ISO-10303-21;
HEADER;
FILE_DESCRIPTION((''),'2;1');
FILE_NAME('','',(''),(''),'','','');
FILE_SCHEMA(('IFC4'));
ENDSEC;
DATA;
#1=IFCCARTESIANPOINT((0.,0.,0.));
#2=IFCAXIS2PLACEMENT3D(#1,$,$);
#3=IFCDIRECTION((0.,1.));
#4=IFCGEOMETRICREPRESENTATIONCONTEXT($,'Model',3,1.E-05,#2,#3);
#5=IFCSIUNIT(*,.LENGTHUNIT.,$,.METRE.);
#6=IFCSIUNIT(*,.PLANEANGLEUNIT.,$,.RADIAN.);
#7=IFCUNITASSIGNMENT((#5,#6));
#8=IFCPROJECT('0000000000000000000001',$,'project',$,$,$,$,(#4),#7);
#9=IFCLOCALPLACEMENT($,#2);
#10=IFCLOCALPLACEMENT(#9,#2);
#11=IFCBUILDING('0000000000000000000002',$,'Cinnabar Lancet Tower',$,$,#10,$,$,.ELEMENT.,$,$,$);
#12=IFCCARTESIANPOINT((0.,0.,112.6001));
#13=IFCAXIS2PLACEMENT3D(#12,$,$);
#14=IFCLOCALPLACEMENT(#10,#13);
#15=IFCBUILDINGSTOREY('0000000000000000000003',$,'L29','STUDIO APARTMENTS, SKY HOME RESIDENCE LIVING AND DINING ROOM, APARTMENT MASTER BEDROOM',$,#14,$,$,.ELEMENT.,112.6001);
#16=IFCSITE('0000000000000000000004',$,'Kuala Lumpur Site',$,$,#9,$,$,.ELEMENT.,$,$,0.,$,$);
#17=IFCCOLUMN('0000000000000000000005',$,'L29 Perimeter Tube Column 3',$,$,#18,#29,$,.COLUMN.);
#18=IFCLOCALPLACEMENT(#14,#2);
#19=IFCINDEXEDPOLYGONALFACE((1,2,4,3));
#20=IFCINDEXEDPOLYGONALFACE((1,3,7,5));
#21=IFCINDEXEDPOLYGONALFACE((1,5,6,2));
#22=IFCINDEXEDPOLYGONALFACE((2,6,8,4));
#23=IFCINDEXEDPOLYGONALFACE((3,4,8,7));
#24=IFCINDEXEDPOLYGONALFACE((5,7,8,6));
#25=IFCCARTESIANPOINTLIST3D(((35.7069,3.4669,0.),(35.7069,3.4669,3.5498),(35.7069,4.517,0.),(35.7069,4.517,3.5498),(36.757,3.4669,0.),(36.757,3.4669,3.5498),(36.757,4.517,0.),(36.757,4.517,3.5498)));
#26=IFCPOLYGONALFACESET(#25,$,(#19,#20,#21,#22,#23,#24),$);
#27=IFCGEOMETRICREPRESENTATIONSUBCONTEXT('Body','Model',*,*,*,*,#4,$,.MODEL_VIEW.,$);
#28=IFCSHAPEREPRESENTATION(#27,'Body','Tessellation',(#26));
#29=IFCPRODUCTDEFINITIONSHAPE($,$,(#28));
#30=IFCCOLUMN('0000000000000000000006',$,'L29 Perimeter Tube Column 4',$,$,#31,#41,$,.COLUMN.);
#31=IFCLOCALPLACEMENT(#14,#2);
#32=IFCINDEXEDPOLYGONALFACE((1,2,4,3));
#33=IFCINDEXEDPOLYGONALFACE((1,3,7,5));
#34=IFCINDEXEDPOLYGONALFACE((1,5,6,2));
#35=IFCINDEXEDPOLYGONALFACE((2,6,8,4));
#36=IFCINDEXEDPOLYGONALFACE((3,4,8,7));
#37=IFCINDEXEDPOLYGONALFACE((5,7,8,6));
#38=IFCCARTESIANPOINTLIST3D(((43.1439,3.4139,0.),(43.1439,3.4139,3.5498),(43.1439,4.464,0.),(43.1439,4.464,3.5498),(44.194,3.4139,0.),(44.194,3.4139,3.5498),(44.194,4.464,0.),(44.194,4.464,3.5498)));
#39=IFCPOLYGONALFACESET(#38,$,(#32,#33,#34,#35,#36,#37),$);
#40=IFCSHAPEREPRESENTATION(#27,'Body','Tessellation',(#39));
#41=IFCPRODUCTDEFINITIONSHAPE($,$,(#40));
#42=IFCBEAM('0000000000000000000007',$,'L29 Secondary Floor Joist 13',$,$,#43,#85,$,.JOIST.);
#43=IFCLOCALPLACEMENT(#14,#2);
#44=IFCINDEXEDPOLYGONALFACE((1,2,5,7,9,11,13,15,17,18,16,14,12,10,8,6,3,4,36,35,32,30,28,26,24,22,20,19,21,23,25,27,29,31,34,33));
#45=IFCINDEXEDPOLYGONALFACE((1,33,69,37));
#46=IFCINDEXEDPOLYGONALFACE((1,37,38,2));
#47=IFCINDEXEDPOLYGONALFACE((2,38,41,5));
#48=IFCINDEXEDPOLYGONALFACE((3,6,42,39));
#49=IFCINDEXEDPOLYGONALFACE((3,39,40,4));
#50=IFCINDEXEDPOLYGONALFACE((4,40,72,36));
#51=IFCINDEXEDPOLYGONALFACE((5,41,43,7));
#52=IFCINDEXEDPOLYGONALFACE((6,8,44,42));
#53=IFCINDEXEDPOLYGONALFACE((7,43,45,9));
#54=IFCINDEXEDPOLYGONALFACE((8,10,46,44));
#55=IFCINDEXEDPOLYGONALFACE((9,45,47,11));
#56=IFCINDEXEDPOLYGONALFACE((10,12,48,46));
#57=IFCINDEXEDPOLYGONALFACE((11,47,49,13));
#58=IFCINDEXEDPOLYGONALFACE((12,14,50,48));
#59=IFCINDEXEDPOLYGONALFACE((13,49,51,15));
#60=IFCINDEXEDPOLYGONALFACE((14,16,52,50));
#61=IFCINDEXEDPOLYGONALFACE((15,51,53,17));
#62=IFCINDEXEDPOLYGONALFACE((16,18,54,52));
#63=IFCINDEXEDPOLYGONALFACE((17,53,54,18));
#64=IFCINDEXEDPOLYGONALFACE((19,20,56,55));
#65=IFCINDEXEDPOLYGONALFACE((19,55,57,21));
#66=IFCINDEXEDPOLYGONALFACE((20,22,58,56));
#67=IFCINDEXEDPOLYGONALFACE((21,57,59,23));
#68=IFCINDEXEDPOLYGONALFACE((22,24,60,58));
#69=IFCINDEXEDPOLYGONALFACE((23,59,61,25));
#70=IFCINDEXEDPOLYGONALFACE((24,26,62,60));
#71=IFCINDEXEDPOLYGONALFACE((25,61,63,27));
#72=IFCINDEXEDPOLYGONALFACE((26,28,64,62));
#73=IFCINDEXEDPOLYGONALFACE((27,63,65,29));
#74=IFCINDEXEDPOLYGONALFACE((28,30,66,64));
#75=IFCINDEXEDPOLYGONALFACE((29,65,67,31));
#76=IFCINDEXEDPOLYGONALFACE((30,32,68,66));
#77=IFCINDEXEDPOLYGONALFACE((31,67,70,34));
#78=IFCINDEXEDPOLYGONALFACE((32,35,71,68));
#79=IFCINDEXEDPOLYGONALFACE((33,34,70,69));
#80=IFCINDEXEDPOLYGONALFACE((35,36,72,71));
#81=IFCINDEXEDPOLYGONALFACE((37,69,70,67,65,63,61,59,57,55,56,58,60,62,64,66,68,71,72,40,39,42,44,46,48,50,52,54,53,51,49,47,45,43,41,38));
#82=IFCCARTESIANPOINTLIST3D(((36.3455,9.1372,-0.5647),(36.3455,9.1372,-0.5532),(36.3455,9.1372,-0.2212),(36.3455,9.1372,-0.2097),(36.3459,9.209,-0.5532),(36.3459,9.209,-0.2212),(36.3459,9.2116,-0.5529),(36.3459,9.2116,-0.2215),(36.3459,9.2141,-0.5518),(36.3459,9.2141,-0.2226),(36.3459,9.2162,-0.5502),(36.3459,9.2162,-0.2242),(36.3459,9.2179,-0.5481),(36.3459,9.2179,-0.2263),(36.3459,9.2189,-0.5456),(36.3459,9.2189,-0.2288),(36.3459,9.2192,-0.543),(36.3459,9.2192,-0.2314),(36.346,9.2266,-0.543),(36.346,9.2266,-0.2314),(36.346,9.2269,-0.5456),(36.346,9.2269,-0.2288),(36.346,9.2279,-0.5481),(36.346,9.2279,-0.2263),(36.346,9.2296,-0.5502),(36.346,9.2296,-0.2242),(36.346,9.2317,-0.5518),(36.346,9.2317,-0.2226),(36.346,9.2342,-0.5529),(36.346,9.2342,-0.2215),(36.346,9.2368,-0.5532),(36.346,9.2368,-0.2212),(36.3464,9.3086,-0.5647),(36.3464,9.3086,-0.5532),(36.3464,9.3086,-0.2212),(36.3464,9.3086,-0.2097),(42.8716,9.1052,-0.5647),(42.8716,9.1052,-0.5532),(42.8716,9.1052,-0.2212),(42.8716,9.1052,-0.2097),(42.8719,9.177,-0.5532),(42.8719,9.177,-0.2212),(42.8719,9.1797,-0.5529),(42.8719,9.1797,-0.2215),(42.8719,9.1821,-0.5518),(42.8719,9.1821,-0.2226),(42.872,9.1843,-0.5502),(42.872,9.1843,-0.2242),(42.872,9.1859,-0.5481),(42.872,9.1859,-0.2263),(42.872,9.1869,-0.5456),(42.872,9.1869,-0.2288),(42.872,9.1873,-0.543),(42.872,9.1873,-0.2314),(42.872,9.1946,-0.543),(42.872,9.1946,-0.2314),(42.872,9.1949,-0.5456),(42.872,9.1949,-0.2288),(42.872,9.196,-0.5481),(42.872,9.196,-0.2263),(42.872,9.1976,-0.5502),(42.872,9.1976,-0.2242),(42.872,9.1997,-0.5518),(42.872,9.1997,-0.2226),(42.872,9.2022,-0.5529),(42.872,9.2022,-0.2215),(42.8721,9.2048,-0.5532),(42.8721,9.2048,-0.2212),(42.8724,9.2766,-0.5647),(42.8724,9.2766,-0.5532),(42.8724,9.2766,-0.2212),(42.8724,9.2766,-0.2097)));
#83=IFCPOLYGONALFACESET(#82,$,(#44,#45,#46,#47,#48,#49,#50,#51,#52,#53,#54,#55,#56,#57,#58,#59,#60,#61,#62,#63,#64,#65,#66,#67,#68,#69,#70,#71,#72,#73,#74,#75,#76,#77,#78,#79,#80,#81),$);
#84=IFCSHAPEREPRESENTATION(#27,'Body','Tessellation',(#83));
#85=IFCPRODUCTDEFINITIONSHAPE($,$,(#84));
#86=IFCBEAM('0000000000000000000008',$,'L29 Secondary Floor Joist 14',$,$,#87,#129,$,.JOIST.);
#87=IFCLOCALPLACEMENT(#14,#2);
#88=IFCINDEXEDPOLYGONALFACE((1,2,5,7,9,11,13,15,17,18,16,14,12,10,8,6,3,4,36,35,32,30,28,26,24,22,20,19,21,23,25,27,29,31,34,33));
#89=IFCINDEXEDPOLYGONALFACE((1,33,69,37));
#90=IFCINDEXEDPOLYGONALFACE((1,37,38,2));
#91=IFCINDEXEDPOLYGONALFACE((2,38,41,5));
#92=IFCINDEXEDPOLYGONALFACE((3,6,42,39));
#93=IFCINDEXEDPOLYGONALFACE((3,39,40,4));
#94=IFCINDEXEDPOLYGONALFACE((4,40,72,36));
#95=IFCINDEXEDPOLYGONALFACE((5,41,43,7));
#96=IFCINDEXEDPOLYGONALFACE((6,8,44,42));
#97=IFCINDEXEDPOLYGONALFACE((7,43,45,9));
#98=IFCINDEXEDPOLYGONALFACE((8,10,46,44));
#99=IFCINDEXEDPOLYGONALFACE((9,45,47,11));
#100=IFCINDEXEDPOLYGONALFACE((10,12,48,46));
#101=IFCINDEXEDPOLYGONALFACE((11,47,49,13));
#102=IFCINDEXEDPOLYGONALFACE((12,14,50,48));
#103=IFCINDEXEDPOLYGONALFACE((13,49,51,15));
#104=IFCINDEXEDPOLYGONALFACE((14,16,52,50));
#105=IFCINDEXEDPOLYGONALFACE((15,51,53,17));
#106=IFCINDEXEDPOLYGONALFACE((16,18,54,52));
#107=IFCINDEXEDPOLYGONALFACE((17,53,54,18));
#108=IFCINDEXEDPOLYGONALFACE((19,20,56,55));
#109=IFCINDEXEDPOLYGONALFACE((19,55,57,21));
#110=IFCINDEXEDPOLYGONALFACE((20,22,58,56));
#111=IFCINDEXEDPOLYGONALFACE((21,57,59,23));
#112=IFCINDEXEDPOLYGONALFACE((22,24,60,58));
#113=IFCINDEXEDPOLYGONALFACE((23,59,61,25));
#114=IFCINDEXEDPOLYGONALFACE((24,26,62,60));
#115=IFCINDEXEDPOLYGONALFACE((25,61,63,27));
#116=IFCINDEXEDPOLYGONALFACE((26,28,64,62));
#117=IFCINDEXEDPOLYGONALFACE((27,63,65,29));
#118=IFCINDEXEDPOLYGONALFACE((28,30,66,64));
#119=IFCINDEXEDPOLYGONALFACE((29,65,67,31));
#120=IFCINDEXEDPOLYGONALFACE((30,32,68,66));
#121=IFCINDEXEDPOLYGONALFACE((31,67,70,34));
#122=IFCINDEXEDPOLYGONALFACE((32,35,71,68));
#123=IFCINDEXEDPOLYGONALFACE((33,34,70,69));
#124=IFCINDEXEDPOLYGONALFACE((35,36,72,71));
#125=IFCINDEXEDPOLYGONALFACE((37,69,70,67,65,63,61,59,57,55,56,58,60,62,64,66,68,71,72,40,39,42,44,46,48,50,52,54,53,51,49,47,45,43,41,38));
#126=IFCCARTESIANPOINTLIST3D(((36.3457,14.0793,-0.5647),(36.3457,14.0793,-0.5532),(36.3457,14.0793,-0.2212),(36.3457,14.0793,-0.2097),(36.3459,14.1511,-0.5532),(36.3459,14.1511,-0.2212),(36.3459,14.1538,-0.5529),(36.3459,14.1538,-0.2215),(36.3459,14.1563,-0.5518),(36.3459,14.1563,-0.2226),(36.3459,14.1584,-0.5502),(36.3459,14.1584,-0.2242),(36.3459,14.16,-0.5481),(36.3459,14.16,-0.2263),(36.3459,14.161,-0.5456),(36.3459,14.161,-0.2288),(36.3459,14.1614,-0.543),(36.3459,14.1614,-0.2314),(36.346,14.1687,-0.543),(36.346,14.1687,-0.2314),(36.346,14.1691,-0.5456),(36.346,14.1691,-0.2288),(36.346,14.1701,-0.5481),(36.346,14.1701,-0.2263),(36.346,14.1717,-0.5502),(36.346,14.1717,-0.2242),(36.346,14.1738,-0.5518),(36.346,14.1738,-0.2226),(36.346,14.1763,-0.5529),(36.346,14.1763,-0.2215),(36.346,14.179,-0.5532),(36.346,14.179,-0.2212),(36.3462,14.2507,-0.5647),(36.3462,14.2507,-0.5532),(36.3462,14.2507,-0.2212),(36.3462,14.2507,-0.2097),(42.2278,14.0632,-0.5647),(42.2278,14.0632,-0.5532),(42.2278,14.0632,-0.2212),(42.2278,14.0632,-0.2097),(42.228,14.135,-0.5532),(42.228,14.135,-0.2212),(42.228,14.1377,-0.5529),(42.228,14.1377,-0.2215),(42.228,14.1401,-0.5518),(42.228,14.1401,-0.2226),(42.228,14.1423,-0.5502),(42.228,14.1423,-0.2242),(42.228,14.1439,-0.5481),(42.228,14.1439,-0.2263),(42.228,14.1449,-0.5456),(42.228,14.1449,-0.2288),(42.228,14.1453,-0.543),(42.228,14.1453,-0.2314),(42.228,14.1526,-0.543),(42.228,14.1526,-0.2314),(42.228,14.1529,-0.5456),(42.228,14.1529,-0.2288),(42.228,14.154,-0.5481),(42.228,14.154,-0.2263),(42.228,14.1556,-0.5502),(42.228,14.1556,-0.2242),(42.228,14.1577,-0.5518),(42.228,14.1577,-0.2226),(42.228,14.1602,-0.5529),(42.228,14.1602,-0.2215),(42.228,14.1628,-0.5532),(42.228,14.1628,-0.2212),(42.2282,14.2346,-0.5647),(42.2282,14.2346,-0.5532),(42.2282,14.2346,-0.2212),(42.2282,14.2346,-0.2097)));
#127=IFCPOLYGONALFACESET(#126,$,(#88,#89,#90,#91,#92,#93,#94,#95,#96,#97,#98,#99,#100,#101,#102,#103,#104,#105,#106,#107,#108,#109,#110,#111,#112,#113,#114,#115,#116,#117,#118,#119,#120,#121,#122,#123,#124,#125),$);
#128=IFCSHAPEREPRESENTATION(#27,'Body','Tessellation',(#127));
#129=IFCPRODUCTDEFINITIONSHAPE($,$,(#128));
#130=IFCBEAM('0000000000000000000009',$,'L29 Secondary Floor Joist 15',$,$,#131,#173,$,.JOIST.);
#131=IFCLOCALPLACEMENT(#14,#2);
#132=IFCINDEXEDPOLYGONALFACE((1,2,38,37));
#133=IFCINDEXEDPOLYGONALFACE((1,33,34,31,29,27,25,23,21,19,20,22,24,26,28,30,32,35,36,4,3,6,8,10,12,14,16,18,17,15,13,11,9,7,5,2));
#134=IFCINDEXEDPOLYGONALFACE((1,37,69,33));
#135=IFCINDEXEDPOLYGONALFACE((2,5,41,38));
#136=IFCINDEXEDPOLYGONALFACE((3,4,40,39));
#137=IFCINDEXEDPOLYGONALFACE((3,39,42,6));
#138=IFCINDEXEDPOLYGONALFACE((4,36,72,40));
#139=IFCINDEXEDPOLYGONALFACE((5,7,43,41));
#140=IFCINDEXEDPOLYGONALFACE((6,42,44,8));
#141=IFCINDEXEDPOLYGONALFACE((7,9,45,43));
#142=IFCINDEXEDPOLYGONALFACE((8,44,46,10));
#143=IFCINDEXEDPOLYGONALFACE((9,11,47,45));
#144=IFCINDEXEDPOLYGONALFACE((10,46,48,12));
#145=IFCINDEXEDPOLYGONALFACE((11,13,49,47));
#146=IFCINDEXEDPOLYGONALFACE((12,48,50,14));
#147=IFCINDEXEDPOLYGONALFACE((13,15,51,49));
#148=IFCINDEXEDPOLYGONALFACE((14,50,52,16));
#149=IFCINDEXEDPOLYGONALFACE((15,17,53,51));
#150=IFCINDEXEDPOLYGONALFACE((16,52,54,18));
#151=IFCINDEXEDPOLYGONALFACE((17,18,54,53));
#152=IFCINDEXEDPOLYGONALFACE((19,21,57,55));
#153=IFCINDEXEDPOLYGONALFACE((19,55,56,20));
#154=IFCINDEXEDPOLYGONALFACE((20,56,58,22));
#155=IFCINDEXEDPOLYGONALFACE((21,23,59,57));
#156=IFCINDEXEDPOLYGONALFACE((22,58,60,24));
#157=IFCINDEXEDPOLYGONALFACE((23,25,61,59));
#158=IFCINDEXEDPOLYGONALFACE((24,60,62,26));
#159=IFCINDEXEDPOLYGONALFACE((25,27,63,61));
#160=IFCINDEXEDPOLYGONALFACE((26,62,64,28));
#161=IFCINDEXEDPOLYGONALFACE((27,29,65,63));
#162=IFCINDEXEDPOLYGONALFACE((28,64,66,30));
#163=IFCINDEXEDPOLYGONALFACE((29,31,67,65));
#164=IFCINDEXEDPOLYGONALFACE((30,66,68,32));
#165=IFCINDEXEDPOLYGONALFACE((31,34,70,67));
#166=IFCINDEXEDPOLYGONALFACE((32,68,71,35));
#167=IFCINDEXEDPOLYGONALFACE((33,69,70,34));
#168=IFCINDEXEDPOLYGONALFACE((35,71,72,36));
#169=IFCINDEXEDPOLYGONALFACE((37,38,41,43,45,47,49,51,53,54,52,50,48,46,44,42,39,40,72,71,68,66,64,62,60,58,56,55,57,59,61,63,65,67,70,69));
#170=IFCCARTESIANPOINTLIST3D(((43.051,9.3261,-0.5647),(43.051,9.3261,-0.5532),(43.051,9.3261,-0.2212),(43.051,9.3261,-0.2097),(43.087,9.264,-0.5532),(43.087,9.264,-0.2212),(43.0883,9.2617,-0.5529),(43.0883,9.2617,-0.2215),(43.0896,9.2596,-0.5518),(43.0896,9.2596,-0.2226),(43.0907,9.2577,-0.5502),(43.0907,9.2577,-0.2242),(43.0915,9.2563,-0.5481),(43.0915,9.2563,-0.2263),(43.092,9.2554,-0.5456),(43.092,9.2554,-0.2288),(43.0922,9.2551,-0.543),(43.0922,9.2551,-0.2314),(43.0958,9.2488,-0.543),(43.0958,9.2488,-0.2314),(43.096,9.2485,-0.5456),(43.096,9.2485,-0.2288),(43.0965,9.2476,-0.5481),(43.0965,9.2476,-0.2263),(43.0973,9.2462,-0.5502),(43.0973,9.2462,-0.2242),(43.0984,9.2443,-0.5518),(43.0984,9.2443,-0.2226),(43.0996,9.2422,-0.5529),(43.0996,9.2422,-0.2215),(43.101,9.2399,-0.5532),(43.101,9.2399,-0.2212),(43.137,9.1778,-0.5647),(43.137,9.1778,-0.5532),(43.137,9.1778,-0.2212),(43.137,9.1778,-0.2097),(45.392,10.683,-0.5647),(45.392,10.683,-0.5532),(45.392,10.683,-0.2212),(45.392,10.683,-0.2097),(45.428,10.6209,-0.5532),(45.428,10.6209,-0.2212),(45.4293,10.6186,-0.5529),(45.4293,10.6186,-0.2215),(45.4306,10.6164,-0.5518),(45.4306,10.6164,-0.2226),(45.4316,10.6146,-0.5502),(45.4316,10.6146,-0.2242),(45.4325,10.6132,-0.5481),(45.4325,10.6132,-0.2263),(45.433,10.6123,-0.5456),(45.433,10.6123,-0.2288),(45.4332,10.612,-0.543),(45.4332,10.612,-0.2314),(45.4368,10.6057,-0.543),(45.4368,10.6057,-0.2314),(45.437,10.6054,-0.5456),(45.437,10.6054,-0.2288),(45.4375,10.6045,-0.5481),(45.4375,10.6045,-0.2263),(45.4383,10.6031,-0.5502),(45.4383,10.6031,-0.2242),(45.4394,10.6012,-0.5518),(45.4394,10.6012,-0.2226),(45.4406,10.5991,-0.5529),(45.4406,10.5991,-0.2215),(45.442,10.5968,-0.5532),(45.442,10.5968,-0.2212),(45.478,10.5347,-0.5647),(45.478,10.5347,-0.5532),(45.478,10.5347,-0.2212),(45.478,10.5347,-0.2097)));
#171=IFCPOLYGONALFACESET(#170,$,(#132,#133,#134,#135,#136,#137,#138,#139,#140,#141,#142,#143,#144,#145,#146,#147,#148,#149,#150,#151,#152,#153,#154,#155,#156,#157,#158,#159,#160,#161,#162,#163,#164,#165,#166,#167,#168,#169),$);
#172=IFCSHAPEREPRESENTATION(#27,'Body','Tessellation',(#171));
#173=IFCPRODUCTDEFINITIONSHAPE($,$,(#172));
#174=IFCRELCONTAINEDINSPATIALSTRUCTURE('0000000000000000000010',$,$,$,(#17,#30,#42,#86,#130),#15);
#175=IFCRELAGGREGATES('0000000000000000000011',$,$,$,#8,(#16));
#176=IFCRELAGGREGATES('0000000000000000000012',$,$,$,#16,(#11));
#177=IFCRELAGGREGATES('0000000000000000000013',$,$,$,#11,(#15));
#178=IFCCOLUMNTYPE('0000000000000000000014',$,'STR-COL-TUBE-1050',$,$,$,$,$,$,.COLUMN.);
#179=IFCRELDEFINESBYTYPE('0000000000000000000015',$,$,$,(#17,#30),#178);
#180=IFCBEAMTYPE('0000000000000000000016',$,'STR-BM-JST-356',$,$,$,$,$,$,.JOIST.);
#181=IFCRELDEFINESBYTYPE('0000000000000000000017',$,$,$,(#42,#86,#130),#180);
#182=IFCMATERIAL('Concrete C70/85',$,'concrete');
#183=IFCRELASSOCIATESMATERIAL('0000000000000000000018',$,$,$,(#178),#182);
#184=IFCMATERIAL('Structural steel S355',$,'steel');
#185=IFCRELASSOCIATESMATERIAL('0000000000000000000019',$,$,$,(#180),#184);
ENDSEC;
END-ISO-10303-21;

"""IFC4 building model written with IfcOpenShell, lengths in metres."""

from ifc_helpers import new_model, si_unit, direction, frame, origin, origin_2d, place, context, subcontext, project, spatial, rectangle, i_section, extrude, material, material_profile, profile_set, type_object, element, save


model = new_model("IFC4")

# Units and contexts
model_context = context("Model", 3, precision=1e-05, world=origin(), true_north=direction((0.0, 1.0)))
body_context = subcontext(model_context, "Body", "Model", "MODEL_VIEW")
ifc_project = project(units=[si_unit("LENGTHUNIT", "METRE"), si_unit("PLANEANGLEUNIT", "RADIAN")], contexts=[model_context])

# Site, building, storey
site_placement = place(None, origin())
site = spatial("IfcSite", under=ifc_project, at=site_placement, Name="Kuala Lumpur Site", CompositionType="ELEMENT", RefElevation=0.0)
building_placement = place(site_placement, origin())
building = spatial("IfcBuilding", under=site, at=building_placement, Name="Cinnabar Lancet Tower", CompositionType="ELEMENT")
storey_placement = place(building_placement, frame((0.0, 0.0, 112.6001)))
storey = spatial("IfcBuildingStorey", under=building, at=storey_placement, Name="L29", Description="STUDIO APARTMENTS, SKY HOME RESIDENCE LIVING AND DINING ROOM, APARTMENT MASTER BEDROOM", CompositionType="ELEMENT", Elevation=112.6001)

# Columns
ifc_material_1 = material(Name="Concrete C70/85", Category="concrete")
ifc_material_profile_1 = material_profile(ifc_material_1, rectangle(XDim=1.05, YDim=1.05, at=origin_2d()), Name="RC-COL 1050x1050")
ifc_profile_set_1 = profile_set([ifc_material_profile_1], Name="Concrete C70/85")
column_type = type_object("IfcColumnType", Name="STR-COL-TUBE-1050", PredefinedType="COLUMN", material=ifc_profile_set_1)
for number, where, z_axis, x_axis, name in (
    (1, (36.2319, 3.9919, 0.0), (0.0, 0.0, 1.0), (1.0, 0.0, 0.0), "L29 Perimeter Tube Column 3"),
    (2, (43.6689, 3.939, 0.0), (0.0, 0.0, 1.0), (1.0, 0.0, 0.0), "L29 Perimeter Tube Column 4"),
):
    element("IfcColumn", number, at=place(storey_placement, frame(where, z_axis=z_axis, x_axis=x_axis)), inside=storey, type_object=column_type, Name=name, PredefinedType="COLUMN", context=body_context, shape_type="SweptSolid", body=[
        extrude(rectangle(XDim=1.05, YDim=1.05, at=origin_2d()), origin(), (0.0, 0.0, 1.0), 3.5498),
    ])

# Beams
ifc_material_2 = material(Name="Structural steel S355", Category="steel")
ifc_material_profile_2 = material_profile(ifc_material_2, i_section(OverallWidth=0.1714, OverallDepth=0.355, WebThickness=0.0073, FlangeThickness=0.0115, FilletRadius=0.0103, at=origin_2d()), Name="UKB 356x171x51")
ifc_profile_set_2 = profile_set([ifc_material_profile_2], Name="Structural steel S355")
beam_type_1 = type_object("IfcBeamType", Name="STR-BM-JST-356", PredefinedType="JOIST", material=ifc_profile_set_2)
beam_1_placement = place(storey_placement, frame((36.3459, 9.2229, -0.3872), z_axis=(0.999988, -0.004901, 0.0), x_axis=(0.004901, 0.999988, 0.0)))
element("IfcBeam", 3, at=beam_1_placement, inside=storey, type_object=beam_type_1, Name="L29 Secondary Floor Joist 13", PredefinedType="JOIST", context=body_context, shape_type="SweptSolid", body=[
    extrude(i_section(OverallWidth=0.1714, OverallDepth=0.355, WebThickness=0.0073, FlangeThickness=0.0115, FilletRadius=0.0103, at=origin_2d()), origin(), (0.0, 0.0, 1.0), 6.5261),
])
beam_2_placement = place(storey_placement, frame((36.3459, 14.165, -0.3872), z_axis=(0.999996, -0.002739, 0.0), x_axis=(0.002739, 0.999996, 0.0)))
element("IfcBeam", 4, at=beam_2_placement, inside=storey, type_object=beam_type_1, Name="L29 Secondary Floor Joist 14", PredefinedType="JOIST", context=body_context, shape_type="SweptSolid", body=[
    extrude(i_section(OverallWidth=0.1714, OverallDepth=0.355, WebThickness=0.0073, FlangeThickness=0.0115, FilletRadius=0.0103, at=origin_2d()), origin(), (0.0, 0.0, 1.0), 5.8821),
])
beam_3_placement = place(storey_placement, frame((43.094, 9.252, -0.3872), z_axis=(0.865173, 0.501474, 0.0), x_axis=(-0.501474, 0.865173, 0.0)))
element("IfcBeam", 5, at=beam_3_placement, inside=storey, type_object=beam_type_1, Name="L29 Secondary Floor Joist 15", PredefinedType="JOIST", context=body_context, shape_type="SweptSolid", body=[
    extrude(i_section(OverallWidth=0.1714, OverallDepth=0.355, WebThickness=0.0073, FlangeThickness=0.0115, FilletRadius=0.0103, at=origin_2d()), origin(), (0.0, 0.0, 1.0), 2.7058),
])

save(model, "model.ifc")
